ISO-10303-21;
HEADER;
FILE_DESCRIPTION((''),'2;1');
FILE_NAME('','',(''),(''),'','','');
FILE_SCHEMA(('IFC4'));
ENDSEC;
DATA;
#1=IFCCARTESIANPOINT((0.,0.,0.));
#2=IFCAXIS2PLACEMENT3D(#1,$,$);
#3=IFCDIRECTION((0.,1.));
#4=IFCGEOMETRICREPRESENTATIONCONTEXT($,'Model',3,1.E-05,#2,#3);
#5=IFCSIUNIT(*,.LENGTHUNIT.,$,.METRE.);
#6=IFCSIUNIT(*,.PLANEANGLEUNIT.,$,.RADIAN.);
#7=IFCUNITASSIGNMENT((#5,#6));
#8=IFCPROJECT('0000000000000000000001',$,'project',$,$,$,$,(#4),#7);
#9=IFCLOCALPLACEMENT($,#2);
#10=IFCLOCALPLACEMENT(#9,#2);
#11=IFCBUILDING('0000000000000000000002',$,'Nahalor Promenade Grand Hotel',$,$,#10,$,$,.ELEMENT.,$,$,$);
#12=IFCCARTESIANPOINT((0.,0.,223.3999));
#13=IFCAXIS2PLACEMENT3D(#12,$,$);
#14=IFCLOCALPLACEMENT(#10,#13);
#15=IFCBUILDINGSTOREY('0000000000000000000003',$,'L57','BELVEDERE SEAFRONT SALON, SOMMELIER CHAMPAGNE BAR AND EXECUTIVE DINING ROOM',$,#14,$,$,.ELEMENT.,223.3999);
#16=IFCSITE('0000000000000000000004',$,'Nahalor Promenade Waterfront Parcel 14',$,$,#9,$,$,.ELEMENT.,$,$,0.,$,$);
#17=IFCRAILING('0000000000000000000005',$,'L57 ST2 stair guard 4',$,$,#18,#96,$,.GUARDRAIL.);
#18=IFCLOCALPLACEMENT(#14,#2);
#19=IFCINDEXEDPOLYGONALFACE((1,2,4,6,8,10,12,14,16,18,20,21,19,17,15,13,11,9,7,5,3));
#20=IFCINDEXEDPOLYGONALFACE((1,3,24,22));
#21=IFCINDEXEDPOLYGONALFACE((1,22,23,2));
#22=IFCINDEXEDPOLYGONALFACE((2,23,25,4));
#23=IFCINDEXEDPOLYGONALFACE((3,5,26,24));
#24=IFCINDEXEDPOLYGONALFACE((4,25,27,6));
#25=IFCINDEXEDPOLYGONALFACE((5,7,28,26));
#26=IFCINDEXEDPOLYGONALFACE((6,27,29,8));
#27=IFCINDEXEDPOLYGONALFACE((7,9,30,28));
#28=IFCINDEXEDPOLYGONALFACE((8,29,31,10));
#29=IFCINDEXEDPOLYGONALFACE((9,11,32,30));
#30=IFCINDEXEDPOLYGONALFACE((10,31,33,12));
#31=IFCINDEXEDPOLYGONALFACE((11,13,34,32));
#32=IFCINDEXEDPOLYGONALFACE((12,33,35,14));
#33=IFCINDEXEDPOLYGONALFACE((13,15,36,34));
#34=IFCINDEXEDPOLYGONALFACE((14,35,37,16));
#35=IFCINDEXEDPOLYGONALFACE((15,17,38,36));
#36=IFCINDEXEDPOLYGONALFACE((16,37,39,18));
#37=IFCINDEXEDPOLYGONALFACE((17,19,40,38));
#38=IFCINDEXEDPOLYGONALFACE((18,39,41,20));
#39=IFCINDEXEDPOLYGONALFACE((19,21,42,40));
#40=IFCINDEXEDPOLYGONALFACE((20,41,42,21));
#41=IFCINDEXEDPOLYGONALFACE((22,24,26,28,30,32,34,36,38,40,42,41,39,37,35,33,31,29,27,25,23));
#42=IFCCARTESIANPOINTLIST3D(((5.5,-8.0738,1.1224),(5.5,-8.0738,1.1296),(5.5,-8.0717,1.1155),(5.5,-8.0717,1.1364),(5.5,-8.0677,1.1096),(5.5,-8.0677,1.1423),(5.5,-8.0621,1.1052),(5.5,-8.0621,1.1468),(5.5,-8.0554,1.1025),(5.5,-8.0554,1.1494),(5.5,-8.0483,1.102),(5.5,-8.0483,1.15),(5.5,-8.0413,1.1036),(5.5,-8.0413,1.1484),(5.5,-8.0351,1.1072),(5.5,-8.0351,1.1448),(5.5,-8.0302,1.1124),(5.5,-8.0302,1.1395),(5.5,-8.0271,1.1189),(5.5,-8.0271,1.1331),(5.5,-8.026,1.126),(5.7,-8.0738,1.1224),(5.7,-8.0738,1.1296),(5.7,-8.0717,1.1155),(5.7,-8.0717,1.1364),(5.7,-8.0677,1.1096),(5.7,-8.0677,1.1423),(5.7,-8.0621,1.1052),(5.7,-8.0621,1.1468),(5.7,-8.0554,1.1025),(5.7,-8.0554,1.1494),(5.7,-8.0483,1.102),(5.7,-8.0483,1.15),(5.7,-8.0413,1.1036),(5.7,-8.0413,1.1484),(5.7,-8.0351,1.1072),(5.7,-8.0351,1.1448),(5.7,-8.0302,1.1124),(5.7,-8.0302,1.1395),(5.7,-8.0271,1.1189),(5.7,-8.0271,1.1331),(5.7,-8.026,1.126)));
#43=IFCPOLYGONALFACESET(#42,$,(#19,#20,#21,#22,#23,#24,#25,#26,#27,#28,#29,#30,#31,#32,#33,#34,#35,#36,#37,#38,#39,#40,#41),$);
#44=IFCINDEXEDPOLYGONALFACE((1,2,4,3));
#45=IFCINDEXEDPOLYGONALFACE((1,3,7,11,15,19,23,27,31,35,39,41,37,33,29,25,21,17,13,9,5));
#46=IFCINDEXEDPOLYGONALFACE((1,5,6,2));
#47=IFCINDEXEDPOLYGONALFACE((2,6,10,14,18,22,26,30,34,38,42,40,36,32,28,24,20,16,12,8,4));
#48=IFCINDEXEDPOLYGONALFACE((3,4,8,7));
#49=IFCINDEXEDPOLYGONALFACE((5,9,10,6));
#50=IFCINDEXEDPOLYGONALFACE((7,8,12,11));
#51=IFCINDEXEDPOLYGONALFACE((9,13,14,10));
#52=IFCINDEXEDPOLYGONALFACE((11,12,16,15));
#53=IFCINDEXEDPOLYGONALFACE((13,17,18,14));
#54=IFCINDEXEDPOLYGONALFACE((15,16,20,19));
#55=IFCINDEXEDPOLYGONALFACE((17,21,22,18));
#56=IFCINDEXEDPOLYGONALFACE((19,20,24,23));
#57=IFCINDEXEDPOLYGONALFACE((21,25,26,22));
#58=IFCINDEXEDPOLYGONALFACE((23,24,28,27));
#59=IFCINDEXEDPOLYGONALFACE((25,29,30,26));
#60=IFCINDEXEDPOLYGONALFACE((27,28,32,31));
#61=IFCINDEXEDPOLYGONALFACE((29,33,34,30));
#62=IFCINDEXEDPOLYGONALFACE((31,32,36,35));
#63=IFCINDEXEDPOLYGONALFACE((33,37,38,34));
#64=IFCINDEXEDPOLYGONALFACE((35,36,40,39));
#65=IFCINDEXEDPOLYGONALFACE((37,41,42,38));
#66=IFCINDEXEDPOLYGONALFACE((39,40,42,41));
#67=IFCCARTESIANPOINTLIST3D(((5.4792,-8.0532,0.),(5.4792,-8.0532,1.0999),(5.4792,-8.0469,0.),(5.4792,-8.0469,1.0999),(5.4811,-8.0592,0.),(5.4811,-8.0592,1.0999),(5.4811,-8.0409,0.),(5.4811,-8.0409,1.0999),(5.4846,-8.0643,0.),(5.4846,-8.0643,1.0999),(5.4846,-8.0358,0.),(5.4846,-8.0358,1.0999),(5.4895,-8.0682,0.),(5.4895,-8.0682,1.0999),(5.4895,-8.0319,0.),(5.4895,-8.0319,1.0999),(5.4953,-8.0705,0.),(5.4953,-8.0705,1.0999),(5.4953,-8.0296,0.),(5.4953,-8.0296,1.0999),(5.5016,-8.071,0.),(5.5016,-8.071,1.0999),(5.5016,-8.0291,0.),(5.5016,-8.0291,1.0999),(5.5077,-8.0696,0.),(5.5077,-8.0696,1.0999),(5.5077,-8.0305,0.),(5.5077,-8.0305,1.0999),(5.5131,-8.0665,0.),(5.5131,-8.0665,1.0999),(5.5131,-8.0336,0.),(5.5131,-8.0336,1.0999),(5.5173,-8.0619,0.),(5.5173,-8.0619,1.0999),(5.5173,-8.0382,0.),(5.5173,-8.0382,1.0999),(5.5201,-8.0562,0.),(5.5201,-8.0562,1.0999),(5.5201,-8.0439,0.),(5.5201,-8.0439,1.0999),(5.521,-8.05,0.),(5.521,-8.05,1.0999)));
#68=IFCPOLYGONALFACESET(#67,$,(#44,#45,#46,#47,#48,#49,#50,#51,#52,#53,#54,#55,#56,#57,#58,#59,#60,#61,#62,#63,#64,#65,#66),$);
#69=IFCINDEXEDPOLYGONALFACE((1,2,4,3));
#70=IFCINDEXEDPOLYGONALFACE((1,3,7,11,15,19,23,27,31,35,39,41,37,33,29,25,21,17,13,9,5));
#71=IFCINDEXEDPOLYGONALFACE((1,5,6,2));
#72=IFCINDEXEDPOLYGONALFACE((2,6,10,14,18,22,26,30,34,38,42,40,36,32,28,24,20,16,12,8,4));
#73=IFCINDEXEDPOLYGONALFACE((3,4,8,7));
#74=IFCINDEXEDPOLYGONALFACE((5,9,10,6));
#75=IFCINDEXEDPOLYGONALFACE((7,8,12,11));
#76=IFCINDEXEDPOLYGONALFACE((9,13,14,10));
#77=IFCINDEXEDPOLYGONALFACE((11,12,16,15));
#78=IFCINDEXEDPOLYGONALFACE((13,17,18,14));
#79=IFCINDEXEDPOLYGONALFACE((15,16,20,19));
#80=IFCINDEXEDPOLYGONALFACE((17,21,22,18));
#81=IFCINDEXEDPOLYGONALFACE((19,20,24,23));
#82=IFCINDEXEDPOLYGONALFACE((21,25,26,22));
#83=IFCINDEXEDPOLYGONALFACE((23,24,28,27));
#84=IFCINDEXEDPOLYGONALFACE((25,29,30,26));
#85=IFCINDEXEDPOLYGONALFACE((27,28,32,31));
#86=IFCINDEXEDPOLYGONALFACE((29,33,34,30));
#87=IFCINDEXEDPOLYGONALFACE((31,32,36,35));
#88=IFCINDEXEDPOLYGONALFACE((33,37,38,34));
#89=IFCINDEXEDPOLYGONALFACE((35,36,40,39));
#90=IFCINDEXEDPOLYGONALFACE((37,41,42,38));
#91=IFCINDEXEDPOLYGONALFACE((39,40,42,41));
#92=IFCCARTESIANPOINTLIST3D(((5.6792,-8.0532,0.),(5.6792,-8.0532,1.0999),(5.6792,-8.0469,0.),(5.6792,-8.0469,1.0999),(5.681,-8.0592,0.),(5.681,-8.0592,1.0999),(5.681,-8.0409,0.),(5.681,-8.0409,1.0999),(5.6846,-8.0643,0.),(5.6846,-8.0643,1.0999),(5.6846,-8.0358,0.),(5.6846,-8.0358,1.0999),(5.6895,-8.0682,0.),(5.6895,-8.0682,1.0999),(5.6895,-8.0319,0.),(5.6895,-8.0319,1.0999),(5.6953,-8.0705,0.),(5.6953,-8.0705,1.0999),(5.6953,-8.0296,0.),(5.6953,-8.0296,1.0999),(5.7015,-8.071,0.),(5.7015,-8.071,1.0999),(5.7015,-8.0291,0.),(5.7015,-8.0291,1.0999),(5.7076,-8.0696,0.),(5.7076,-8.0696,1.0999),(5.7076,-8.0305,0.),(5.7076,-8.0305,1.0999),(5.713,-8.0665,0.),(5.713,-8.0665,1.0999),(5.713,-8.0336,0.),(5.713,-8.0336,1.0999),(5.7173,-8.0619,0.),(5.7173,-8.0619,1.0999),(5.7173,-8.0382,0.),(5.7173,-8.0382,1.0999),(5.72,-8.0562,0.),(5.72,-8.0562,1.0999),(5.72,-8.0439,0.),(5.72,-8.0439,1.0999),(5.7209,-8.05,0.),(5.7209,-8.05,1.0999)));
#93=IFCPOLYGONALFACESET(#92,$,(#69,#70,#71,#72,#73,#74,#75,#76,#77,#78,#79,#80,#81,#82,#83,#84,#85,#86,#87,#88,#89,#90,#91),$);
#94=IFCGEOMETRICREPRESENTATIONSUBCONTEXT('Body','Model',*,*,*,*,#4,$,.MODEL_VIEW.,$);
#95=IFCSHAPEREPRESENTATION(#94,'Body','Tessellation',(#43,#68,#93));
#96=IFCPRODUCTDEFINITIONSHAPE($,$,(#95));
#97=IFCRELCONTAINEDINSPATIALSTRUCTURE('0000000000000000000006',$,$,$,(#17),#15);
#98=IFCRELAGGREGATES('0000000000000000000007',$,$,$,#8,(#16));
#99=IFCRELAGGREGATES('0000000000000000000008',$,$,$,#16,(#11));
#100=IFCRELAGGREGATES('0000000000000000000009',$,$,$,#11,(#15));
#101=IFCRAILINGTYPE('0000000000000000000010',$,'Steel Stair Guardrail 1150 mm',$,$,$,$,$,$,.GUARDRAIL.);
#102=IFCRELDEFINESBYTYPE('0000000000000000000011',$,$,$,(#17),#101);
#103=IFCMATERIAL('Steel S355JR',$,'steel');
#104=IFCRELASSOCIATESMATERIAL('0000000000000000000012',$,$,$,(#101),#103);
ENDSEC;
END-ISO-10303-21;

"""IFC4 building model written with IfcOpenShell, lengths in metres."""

from ifc_helpers import new_model, si_unit, direction, frame, origin, origin_2d, place, context, subcontext, project, spatial, circle, extrude, material, type_object, element, save


model = new_model("IFC4")

# Units and contexts
model_context = context("Model", 3, precision=1e-05, world=origin(), true_north=direction((0.0, 1.0)))
body_context = subcontext(model_context, "Body", "Model", "MODEL_VIEW")
ifc_project = project(units=[si_unit("LENGTHUNIT", "METRE"), si_unit("PLANEANGLEUNIT", "RADIAN")], contexts=[model_context])

# Site, building, storey
site_placement = place(None, origin())
site = spatial("IfcSite", under=ifc_project, at=site_placement, Name="Nahalor Promenade Waterfront Parcel 14", CompositionType="ELEMENT", RefElevation=0.0)
building_placement = place(site_placement, origin())
building = spatial("IfcBuilding", under=site, at=building_placement, Name="Nahalor Promenade Grand Hotel", CompositionType="ELEMENT")
storey_placement = place(building_placement, frame((0.0, 0.0, 223.3999)))
storey = spatial("IfcBuildingStorey", under=building, at=storey_placement, Name="L57", Description="BELVEDERE SEAFRONT SALON, SOMMELIER CHAMPAGNE BAR AND EXECUTIVE DINING ROOM", CompositionType="ELEMENT", Elevation=223.3999)

# Shared definitions
ifc_material_1 = material(Name="Steel S355JR", Category="steel")

# Railing
railing_type_1 = type_object("IfcRailingType", Name="Steel Stair Guardrail 1150 mm", PredefinedType="GUARDRAIL", material=ifc_material_1)
railing_1_placement = place(storey_placement, frame((5.5, -8.05, 0.0)))
element("IfcRailing", 1, at=railing_1_placement, inside=storey, type_object=railing_type_1, Name="L57 ST2 stair guard 4", PredefinedType="GUARDRAIL", context=body_context, shape_type="SweptSolid", body=[
    extrude(circle(Radius=0.024, at=origin_2d()), frame((0.0, 0.0, 1.126), z_axis=(1.0, 0.0, 0.0), x_axis=(0.0, 1.0, 0.0)), (0.0, 0.0, 1.0), 0.2),
    extrude(circle(Radius=0.021, at=origin_2d()), origin(), (0.0, 0.0, 1.0), 1.0999),
    extrude(circle(Radius=0.021, at=origin_2d()), frame((0.2, 0.0, 0.0)), (0.0, 0.0, 1.0), 1.0999),
])

save(model, "model.ifc")
